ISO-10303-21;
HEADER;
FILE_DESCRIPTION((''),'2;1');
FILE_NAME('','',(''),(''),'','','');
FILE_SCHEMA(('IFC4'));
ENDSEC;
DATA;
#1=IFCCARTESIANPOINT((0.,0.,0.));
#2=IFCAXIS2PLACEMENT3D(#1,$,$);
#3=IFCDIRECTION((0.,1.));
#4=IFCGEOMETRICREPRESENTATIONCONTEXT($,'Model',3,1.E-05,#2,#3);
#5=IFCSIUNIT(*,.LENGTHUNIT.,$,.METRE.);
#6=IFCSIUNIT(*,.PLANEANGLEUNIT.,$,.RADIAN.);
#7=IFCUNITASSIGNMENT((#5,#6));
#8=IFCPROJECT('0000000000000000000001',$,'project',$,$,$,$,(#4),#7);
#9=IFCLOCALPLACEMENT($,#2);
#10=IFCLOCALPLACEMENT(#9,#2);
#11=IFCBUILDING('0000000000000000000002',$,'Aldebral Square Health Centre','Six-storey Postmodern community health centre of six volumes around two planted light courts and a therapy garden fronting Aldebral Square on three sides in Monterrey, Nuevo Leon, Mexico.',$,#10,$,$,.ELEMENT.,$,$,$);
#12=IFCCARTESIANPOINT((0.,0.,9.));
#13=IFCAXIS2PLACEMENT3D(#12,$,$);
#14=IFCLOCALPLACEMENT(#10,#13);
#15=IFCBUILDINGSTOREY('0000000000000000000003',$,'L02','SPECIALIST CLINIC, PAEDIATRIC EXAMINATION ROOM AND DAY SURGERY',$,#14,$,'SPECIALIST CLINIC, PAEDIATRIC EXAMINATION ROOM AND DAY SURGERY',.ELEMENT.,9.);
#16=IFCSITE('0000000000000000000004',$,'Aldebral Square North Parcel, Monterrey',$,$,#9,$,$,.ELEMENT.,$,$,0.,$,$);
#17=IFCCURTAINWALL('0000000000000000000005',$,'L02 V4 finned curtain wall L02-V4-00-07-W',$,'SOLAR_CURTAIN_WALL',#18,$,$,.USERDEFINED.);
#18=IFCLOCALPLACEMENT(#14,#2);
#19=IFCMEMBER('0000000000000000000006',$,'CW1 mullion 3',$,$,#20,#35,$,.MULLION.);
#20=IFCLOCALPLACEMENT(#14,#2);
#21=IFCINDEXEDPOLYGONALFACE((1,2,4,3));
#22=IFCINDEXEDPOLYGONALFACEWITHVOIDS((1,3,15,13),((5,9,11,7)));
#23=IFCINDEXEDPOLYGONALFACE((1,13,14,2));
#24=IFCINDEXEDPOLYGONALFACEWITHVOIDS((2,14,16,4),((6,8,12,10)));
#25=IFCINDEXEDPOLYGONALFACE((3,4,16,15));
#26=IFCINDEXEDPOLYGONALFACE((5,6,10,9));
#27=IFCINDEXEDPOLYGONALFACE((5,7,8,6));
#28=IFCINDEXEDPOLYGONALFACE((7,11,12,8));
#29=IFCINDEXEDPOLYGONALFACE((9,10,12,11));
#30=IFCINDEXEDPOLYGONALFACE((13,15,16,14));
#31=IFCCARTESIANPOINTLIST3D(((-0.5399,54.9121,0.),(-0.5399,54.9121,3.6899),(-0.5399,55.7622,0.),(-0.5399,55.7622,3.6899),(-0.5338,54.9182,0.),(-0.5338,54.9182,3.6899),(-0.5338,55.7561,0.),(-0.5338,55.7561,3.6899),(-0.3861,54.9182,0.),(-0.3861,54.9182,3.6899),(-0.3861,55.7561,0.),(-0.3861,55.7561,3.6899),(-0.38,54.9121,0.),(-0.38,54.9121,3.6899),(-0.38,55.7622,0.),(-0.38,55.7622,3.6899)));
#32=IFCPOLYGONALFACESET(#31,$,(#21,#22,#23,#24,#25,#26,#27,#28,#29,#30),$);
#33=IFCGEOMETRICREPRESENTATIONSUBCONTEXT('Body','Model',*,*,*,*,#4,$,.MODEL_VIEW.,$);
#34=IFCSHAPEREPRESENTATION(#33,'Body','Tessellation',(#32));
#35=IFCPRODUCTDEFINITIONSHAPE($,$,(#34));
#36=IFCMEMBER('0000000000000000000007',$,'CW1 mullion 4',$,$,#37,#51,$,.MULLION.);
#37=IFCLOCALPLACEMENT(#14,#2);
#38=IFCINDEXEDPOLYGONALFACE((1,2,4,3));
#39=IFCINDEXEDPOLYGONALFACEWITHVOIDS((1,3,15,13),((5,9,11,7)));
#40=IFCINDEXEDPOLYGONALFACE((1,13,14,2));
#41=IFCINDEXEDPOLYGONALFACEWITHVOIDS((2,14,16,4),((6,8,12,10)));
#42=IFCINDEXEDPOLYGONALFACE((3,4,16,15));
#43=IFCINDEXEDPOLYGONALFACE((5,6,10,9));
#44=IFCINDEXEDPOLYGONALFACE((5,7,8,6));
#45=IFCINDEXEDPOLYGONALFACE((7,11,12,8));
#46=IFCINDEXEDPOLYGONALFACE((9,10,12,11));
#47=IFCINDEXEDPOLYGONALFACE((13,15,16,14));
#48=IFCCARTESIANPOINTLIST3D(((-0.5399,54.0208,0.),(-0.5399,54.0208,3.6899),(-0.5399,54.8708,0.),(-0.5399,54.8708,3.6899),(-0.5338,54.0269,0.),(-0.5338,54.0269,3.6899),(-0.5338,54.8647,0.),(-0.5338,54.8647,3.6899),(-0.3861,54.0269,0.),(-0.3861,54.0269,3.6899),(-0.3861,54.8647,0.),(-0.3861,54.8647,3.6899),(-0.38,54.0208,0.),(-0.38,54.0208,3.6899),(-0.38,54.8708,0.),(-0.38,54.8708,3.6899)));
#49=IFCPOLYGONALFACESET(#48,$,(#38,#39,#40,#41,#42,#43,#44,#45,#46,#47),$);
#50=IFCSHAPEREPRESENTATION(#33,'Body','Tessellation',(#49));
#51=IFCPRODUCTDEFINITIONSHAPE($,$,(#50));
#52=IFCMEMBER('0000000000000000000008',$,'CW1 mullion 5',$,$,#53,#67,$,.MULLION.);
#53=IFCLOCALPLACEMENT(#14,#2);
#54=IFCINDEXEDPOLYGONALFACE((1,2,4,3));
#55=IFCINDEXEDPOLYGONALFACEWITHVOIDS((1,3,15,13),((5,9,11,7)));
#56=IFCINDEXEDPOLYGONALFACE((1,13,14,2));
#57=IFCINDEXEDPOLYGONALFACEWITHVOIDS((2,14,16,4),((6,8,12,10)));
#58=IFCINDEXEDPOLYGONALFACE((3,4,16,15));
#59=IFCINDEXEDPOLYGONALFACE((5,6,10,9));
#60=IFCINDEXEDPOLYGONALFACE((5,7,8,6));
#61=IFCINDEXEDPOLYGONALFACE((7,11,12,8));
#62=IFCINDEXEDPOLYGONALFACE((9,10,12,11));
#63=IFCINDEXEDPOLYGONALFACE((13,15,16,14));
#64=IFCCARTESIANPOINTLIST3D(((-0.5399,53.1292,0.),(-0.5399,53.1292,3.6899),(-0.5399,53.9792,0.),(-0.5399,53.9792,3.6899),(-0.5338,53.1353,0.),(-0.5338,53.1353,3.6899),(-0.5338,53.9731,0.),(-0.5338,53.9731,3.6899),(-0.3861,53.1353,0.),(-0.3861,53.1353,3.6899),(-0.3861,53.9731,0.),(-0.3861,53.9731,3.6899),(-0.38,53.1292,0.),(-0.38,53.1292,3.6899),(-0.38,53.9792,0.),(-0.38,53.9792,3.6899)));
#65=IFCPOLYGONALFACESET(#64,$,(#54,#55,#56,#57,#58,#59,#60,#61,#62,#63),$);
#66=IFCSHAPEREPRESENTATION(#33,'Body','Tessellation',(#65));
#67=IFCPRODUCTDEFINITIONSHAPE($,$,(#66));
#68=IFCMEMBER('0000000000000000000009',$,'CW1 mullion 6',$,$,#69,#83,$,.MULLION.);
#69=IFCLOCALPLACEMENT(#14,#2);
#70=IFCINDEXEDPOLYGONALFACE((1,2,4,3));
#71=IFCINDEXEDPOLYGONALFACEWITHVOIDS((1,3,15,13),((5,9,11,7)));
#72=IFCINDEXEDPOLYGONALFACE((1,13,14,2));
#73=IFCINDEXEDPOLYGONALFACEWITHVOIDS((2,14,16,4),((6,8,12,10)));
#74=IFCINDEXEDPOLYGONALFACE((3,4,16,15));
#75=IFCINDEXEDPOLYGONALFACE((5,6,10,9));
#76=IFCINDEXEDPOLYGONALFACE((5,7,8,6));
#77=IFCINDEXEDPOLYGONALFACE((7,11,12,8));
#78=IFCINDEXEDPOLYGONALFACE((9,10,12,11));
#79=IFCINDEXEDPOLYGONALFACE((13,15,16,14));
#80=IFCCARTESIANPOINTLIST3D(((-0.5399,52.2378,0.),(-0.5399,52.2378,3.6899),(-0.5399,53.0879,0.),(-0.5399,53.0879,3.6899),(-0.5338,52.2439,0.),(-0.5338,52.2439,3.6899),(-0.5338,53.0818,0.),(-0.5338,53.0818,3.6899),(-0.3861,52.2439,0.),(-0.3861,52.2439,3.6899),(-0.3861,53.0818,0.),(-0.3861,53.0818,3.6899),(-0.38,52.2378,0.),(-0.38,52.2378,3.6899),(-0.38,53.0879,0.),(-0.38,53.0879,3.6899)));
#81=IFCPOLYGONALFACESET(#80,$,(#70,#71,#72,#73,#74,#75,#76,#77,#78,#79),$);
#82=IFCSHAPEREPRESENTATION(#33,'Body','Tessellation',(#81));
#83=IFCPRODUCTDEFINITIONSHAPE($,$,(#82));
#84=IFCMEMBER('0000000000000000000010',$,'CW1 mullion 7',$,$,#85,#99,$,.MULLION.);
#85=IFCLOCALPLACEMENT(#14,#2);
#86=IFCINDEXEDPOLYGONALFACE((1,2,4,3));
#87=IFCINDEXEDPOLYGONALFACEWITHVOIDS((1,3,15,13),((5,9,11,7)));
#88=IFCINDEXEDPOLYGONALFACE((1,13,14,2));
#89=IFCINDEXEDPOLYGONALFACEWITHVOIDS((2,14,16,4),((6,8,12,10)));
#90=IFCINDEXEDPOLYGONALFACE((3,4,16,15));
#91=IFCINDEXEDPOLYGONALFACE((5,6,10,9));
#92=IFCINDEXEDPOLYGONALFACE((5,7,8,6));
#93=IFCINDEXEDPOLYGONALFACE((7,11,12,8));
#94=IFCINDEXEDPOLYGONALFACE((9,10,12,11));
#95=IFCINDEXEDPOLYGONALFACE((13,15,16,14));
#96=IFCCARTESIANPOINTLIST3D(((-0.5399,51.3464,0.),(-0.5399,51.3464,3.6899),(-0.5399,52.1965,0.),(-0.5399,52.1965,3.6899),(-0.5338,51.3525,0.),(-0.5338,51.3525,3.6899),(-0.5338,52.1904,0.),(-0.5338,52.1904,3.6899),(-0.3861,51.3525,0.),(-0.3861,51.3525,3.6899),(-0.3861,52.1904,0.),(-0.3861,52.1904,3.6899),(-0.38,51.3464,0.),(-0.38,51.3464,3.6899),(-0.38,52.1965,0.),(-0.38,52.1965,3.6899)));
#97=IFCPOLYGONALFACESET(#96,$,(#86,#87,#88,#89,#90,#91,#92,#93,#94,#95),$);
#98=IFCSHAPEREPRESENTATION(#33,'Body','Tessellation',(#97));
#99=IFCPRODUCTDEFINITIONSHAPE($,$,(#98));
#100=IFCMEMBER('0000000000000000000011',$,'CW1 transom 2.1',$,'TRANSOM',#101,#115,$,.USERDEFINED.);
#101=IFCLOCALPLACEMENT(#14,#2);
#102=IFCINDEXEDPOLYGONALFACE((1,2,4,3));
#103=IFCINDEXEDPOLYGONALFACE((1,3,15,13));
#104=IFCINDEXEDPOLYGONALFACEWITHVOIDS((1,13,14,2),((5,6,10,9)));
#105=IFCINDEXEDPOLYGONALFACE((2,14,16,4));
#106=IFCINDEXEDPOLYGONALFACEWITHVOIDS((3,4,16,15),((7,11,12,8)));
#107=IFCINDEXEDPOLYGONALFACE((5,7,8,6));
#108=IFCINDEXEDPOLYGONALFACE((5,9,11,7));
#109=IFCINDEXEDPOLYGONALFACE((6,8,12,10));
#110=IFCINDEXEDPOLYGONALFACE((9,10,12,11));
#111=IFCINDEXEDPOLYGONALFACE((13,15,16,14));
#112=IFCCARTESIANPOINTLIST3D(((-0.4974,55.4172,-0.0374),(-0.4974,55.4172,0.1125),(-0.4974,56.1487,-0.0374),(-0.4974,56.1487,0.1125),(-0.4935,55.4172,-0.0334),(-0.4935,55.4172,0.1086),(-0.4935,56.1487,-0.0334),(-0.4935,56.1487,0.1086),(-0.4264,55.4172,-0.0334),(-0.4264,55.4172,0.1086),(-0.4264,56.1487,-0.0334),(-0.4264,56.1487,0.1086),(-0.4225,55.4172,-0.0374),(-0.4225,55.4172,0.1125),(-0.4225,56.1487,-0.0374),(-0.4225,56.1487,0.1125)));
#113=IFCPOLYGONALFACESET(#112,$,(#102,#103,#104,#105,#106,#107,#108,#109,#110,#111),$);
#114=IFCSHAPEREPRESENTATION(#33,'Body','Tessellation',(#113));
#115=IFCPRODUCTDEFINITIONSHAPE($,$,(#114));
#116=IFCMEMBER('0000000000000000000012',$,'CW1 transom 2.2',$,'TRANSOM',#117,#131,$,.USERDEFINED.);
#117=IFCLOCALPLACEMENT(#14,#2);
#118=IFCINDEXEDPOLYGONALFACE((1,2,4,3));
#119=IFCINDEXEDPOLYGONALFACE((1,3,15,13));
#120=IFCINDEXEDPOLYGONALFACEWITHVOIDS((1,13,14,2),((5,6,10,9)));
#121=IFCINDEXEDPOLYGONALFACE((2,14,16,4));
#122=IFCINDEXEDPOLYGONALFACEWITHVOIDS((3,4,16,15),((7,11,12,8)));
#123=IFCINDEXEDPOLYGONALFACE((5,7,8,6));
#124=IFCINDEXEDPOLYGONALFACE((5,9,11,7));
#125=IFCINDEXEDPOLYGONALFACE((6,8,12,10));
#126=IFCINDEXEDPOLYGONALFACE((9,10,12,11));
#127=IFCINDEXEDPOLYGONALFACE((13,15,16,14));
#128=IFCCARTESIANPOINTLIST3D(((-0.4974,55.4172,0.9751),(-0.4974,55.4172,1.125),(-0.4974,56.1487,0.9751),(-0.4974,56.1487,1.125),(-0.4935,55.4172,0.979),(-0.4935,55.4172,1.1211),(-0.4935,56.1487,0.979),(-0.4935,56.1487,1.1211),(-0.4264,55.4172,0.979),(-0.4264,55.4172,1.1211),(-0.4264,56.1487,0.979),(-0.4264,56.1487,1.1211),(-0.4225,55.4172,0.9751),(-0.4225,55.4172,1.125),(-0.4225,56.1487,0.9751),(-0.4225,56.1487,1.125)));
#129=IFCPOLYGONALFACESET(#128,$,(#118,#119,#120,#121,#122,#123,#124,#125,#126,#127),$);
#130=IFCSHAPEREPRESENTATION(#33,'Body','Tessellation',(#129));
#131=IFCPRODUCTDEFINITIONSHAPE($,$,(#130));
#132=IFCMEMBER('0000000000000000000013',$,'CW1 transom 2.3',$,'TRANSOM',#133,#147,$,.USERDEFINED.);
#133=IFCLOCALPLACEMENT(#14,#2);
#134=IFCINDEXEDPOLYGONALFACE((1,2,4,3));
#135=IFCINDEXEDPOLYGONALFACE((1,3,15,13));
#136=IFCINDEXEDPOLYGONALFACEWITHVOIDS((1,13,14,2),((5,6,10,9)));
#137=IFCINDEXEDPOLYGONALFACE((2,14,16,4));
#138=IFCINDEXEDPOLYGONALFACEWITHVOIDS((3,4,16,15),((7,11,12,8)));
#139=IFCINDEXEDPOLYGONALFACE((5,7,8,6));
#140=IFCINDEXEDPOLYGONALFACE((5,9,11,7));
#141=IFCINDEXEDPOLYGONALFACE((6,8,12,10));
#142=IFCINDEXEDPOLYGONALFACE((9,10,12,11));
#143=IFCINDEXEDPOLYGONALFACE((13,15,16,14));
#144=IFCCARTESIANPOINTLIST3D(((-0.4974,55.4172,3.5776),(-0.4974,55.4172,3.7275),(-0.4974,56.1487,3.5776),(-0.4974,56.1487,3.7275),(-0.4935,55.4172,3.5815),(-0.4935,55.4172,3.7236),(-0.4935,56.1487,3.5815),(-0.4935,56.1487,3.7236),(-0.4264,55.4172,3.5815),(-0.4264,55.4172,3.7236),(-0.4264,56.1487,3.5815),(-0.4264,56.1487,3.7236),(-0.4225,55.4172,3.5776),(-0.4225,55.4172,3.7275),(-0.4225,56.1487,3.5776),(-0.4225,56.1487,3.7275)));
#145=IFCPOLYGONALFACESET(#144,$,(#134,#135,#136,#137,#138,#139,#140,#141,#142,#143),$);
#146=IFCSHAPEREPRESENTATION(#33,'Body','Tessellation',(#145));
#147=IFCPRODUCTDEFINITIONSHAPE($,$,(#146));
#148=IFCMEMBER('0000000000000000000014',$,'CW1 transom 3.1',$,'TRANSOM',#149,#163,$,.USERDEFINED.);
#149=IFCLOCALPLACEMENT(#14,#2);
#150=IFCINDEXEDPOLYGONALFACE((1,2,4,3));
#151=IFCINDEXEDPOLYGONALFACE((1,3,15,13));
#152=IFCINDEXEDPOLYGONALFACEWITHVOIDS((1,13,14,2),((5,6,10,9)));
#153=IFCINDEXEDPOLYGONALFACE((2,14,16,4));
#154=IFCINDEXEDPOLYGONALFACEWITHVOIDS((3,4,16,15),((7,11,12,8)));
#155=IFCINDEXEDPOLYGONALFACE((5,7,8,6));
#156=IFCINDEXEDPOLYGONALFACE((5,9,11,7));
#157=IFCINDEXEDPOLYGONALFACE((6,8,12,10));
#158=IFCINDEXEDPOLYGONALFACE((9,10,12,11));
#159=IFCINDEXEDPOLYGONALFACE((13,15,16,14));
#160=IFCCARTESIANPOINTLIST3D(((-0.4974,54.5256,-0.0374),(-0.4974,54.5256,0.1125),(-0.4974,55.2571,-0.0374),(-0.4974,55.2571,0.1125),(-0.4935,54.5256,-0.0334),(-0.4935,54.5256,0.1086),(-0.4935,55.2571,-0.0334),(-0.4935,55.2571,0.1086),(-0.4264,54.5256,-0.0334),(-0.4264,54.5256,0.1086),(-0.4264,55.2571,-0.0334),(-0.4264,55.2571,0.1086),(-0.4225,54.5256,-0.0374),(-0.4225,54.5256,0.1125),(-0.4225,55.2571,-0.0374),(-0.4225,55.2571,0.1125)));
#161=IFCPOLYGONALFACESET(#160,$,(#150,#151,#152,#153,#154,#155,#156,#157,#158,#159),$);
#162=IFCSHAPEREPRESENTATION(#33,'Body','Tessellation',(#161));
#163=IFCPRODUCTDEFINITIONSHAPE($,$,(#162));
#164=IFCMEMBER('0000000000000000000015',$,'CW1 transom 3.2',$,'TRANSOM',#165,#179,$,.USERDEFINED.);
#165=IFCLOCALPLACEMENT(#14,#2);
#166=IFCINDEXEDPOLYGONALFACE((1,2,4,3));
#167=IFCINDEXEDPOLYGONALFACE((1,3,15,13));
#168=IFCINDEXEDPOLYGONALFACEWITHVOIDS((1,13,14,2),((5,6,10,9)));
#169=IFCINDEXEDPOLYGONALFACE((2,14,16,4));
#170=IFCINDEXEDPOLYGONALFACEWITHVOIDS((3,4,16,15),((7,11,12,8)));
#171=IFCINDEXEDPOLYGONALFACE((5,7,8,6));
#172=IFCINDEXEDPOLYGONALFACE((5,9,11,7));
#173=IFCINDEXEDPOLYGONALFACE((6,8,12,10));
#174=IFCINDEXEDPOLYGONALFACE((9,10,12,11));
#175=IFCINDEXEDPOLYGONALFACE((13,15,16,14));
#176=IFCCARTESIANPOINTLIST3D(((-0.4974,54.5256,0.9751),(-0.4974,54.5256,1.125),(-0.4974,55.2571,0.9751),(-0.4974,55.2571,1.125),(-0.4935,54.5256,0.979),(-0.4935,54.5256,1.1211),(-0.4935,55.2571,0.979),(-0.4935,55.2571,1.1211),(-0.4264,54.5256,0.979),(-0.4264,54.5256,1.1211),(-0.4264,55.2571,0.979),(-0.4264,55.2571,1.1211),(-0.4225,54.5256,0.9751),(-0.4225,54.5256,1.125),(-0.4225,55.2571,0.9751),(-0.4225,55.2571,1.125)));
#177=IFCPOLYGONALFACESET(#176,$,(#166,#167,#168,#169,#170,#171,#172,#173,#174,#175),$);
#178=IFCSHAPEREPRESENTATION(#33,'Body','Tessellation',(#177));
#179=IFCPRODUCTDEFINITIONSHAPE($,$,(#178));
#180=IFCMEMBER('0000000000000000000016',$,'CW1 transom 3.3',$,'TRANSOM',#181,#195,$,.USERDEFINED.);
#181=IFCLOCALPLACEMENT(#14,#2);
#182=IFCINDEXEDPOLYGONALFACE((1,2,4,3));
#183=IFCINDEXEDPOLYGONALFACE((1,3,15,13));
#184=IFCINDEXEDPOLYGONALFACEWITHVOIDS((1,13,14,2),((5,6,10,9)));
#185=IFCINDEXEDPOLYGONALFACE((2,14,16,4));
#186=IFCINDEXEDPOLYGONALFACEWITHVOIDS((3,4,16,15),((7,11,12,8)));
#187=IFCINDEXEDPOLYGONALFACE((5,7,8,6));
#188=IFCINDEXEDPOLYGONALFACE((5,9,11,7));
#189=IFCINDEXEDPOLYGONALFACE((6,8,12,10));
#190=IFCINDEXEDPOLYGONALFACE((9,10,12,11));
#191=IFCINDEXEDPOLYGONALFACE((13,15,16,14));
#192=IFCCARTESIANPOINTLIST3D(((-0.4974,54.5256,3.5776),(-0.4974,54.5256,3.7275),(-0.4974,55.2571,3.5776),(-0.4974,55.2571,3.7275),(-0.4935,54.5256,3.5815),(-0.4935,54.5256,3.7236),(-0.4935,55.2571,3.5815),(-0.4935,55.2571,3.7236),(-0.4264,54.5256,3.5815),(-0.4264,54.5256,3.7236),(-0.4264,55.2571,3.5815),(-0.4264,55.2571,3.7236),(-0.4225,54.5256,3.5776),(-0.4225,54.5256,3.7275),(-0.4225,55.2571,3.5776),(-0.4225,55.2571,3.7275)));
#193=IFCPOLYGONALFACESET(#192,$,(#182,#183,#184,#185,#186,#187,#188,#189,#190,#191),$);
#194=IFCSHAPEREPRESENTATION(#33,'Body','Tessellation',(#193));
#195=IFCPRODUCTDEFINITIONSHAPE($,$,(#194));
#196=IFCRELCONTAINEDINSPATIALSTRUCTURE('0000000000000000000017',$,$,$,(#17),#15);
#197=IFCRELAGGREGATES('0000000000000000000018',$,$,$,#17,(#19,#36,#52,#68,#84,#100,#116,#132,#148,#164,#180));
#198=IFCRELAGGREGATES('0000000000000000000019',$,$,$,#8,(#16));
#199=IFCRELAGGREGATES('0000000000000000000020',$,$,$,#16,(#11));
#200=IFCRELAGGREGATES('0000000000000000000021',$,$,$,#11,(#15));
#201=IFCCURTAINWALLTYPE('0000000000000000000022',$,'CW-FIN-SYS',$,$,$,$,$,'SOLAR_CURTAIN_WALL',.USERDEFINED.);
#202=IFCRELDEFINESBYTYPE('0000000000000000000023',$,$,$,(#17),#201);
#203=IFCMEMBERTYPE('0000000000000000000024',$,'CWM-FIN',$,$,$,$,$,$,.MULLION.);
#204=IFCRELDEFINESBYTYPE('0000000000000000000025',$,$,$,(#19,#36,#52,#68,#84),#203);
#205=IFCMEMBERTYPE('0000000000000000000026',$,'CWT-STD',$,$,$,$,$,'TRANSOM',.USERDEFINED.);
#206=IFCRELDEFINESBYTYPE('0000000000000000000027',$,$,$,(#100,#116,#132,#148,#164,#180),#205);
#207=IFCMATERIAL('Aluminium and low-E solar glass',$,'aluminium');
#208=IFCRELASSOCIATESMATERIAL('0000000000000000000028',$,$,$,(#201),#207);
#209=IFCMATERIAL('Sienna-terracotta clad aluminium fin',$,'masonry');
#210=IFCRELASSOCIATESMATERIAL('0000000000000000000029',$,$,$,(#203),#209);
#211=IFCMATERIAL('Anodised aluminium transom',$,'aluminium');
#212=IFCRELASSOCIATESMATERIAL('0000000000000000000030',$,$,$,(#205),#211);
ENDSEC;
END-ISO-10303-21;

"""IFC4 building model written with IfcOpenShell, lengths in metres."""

from ifc_helpers import new_model, si_unit, direction, frame, origin, origin_2d, place, context, subcontext, project, spatial, hollow_rectangle, extrude, material, material_profile, profile_set, type_object, element, aggregate, save


model = new_model("IFC4")

# Units and contexts
model_context = context("Model", 3, precision=1e-05, world=origin(), true_north=direction((0.0, 1.0)))
body_context = subcontext(model_context, "Body", "Model", "MODEL_VIEW")
ifc_project = project(units=[si_unit("LENGTHUNIT", "METRE"), si_unit("PLANEANGLEUNIT", "RADIAN")], contexts=[model_context])

# Site, building, storey
site_placement = place(None, origin())
site = spatial("IfcSite", under=ifc_project, at=site_placement, Name="Aldebral Square North Parcel, Monterrey", CompositionType="ELEMENT", RefElevation=0.0)
building_placement = place(site_placement, origin())
building = spatial("IfcBuilding", under=site, at=building_placement, Name="Aldebral Square Health Centre", Description="Six-storey Postmodern community health centre of six volumes around two planted light courts and a therapy garden fronting Aldebral Square on three sides in Monterrey, Nuevo Leon, Mexico.", CompositionType="ELEMENT")
storey_placement = place(building_placement, frame((0.0, 0.0, 9.0)))
storey = spatial("IfcBuildingStorey", under=building, at=storey_placement, Name="L02", Description="SPECIALIST CLINIC, PAEDIATRIC EXAMINATION ROOM AND DAY SURGERY", LongName="SPECIALIST CLINIC, PAEDIATRIC EXAMINATION ROOM AND DAY SURGERY", CompositionType="ELEMENT", Elevation=9.0)

# Curtain wall, members
ifc_material_1 = material(Name="Aluminium and low-E solar glass", Category="aluminium")
curtain_wall_type = type_object("IfcCurtainWallType", Name="CW-FIN-SYS", ElementType="SOLAR_CURTAIN_WALL", PredefinedType="USERDEFINED", material=ifc_material_1)
curtain_wall_placement = place(storey_placement, origin())
curtain_wall = element("IfcCurtainWall", 1, at=curtain_wall_placement, inside=storey, type_object=curtain_wall_type, Name="L02 V4 finned curtain wall L02-V4-00-07-W", ObjectType="SOLAR_CURTAIN_WALL", PredefinedType="USERDEFINED")
ifc_material_2 = material(Name="Sienna-terracotta clad aluminium fin", Category="masonry")
ifc_material_profile_1 = material_profile(ifc_material_2, hollow_rectangle(XDim=0.1599, YDim=0.8501, WallThickness=0.0061, at=origin_2d()), Name="FIN 160x850x6")
ifc_profile_set_1 = profile_set([ifc_material_profile_1], Name="Sienna-terracotta clad aluminium fin")
member_type_1 = type_object("IfcMemberType", Name="CWM-FIN", PredefinedType="MULLION", material=ifc_profile_set_1)
member_1_placement = place(storey_placement, frame((-0.46, 55.3372, 0.0), z_axis=(0.0, 0.0, 1.0), x_axis=(1.0, 0.0, 0.0)))
member_1 = element("IfcMember", 2, at=member_1_placement, type_object=member_type_1, Name="CW1 mullion 3", PredefinedType="MULLION", context=body_context, shape_type="SweptSolid", body=[
    extrude(hollow_rectangle(XDim=0.1599, YDim=0.8501, WallThickness=0.0061, at=origin_2d()), origin(), (0.0, 0.0, 1.0), 3.6899),
])
member_2_placement = place(storey_placement, frame((-0.46, 54.4458, 0.0), z_axis=(0.0, 0.0, 1.0), x_axis=(1.0, 0.0, 0.0)))
member_2 = element("IfcMember", 3, at=member_2_placement, type_object=member_type_1, Name="CW1 mullion 4", PredefinedType="MULLION", context=body_context, shape_type="SweptSolid", body=[
    extrude(hollow_rectangle(XDim=0.1599, YDim=0.8501, WallThickness=0.0061, at=origin_2d()), origin(), (0.0, 0.0, 1.0), 3.6899),
])
member_3_placement = place(storey_placement, frame((-0.46, 53.5542, 0.0), z_axis=(0.0, 0.0, 1.0), x_axis=(1.0, 0.0, 0.0)))
member_3 = element("IfcMember", 4, at=member_3_placement, type_object=member_type_1, Name="CW1 mullion 5", PredefinedType="MULLION", context=body_context, shape_type="SweptSolid", body=[
    extrude(hollow_rectangle(XDim=0.1599, YDim=0.8501, WallThickness=0.0061, at=origin_2d()), origin(), (0.0, 0.0, 1.0), 3.6899),
])
member_4_placement = place(storey_placement, frame((-0.46, 52.6628, 0.0), z_axis=(0.0, 0.0, 1.0), x_axis=(1.0, 0.0, 0.0)))
member_4 = element("IfcMember", 5, at=member_4_placement, type_object=member_type_1, Name="CW1 mullion 6", PredefinedType="MULLION", context=body_context, shape_type="SweptSolid", body=[
    extrude(hollow_rectangle(XDim=0.1599, YDim=0.8501, WallThickness=0.0061, at=origin_2d()), origin(), (0.0, 0.0, 1.0), 3.6899),
])
member_5_placement = place(storey_placement, frame((-0.46, 51.7715, 0.0), z_axis=(0.0, 0.0, 1.0), x_axis=(1.0, 0.0, 0.0)))
member_5 = element("IfcMember", 6, at=member_5_placement, type_object=member_type_1, Name="CW1 mullion 7", PredefinedType="MULLION", context=body_context, shape_type="SweptSolid", body=[
    extrude(hollow_rectangle(XDim=0.1599, YDim=0.8501, WallThickness=0.0061, at=origin_2d()), origin(), (0.0, 0.0, 1.0), 3.6899),
])
ifc_material_3 = material(Name="Anodised aluminium transom", Category="aluminium")
ifc_material_profile_2 = material_profile(ifc_material_3, hollow_rectangle(XDim=0.075, YDim=0.1499, WallThickness=0.0039, at=origin_2d()), Name="CWT 75x150x4")
ifc_profile_set_2 = profile_set([ifc_material_profile_2], Name="Anodised aluminium transom")
member_type_2 = type_object("IfcMemberType", Name="CWT-STD", ElementType="TRANSOM", PredefinedType="USERDEFINED", material=ifc_profile_set_2)
member_6_placement = place(storey_placement, frame((-0.46, 56.1487, 0.0376), z_axis=(0.0, -1.0, 0.0), x_axis=(1.0, 0.0, 0.0)))
member_6 = element("IfcMember", 7, at=member_6_placement, type_object=member_type_2, Name="CW1 transom 2.1", ObjectType="TRANSOM", PredefinedType="USERDEFINED", context=body_context, shape_type="SweptSolid", body=[
    extrude(hollow_rectangle(XDim=0.075, YDim=0.1499, WallThickness=0.0039, at=origin_2d()), origin(), (0.0, 0.0, 1.0), 0.7314),
])
member_7_placement = place(storey_placement, frame((-0.46, 56.1487, 1.05), z_axis=(0.0, -1.0, 0.0), x_axis=(1.0, 0.0, 0.0)))
member_7 = element("IfcMember", 8, at=member_7_placement, type_object=member_type_2, Name="CW1 transom 2.2", ObjectType="TRANSOM", PredefinedType="USERDEFINED", context=body_context, shape_type="SweptSolid", body=[
    extrude(hollow_rectangle(XDim=0.075, YDim=0.1499, WallThickness=0.0039, at=origin_2d()), origin(), (0.0, 0.0, 1.0), 0.7314),
])
member_8_placement = place(storey_placement, frame((-0.46, 56.1487, 3.6526), z_axis=(0.0, -1.0, 0.0), x_axis=(1.0, 0.0, 0.0)))
member_8 = element("IfcMember", 9, at=member_8_placement, type_object=member_type_2, Name="CW1 transom 2.3", ObjectType="TRANSOM", PredefinedType="USERDEFINED", context=body_context, shape_type="SweptSolid", body=[
    extrude(hollow_rectangle(XDim=0.075, YDim=0.1499, WallThickness=0.0039, at=origin_2d()), origin(), (0.0, 0.0, 1.0), 0.7314),
])
member_9_placement = place(storey_placement, frame((-0.46, 55.2571, 0.0376), z_axis=(0.0, -1.0, 0.0), x_axis=(1.0, 0.0, 0.0)))
member_9 = element("IfcMember", 10, at=member_9_placement, type_object=member_type_2, Name="CW1 transom 3.1", ObjectType="TRANSOM", PredefinedType="USERDEFINED", context=body_context, shape_type="SweptSolid", body=[
    extrude(hollow_rectangle(XDim=0.075, YDim=0.1499, WallThickness=0.0039, at=origin_2d()), origin(), (0.0, 0.0, 1.0), 0.7314),
])
member_10_placement = place(storey_placement, frame((-0.46, 55.2571, 1.05), z_axis=(0.0, -1.0, 0.0), x_axis=(1.0, 0.0, 0.0)))
member_10 = element("IfcMember", 11, at=member_10_placement, type_object=member_type_2, Name="CW1 transom 3.2", ObjectType="TRANSOM", PredefinedType="USERDEFINED", context=body_context, shape_type="SweptSolid", body=[
    extrude(hollow_rectangle(XDim=0.075, YDim=0.1499, WallThickness=0.0039, at=origin_2d()), origin(), (0.0, 0.0, 1.0), 0.7314),
])
member_11_placement = place(storey_placement, frame((-0.46, 55.2571, 3.6526), z_axis=(0.0, -1.0, 0.0), x_axis=(1.0, 0.0, 0.0)))
member_11 = element("IfcMember", 12, at=member_11_placement, type_object=member_type_2, Name="CW1 transom 3.3", ObjectType="TRANSOM", PredefinedType="USERDEFINED", context=body_context, shape_type="SweptSolid", body=[
    extrude(hollow_rectangle(XDim=0.075, YDim=0.1499, WallThickness=0.0039, at=origin_2d()), origin(), (0.0, 0.0, 1.0), 0.7314),
])
aggregate(curtain_wall, [member_1, member_2, member_3, member_4, member_5, member_6, member_7, member_8, member_9, member_10, member_11])

save(model, "model.ifc")
